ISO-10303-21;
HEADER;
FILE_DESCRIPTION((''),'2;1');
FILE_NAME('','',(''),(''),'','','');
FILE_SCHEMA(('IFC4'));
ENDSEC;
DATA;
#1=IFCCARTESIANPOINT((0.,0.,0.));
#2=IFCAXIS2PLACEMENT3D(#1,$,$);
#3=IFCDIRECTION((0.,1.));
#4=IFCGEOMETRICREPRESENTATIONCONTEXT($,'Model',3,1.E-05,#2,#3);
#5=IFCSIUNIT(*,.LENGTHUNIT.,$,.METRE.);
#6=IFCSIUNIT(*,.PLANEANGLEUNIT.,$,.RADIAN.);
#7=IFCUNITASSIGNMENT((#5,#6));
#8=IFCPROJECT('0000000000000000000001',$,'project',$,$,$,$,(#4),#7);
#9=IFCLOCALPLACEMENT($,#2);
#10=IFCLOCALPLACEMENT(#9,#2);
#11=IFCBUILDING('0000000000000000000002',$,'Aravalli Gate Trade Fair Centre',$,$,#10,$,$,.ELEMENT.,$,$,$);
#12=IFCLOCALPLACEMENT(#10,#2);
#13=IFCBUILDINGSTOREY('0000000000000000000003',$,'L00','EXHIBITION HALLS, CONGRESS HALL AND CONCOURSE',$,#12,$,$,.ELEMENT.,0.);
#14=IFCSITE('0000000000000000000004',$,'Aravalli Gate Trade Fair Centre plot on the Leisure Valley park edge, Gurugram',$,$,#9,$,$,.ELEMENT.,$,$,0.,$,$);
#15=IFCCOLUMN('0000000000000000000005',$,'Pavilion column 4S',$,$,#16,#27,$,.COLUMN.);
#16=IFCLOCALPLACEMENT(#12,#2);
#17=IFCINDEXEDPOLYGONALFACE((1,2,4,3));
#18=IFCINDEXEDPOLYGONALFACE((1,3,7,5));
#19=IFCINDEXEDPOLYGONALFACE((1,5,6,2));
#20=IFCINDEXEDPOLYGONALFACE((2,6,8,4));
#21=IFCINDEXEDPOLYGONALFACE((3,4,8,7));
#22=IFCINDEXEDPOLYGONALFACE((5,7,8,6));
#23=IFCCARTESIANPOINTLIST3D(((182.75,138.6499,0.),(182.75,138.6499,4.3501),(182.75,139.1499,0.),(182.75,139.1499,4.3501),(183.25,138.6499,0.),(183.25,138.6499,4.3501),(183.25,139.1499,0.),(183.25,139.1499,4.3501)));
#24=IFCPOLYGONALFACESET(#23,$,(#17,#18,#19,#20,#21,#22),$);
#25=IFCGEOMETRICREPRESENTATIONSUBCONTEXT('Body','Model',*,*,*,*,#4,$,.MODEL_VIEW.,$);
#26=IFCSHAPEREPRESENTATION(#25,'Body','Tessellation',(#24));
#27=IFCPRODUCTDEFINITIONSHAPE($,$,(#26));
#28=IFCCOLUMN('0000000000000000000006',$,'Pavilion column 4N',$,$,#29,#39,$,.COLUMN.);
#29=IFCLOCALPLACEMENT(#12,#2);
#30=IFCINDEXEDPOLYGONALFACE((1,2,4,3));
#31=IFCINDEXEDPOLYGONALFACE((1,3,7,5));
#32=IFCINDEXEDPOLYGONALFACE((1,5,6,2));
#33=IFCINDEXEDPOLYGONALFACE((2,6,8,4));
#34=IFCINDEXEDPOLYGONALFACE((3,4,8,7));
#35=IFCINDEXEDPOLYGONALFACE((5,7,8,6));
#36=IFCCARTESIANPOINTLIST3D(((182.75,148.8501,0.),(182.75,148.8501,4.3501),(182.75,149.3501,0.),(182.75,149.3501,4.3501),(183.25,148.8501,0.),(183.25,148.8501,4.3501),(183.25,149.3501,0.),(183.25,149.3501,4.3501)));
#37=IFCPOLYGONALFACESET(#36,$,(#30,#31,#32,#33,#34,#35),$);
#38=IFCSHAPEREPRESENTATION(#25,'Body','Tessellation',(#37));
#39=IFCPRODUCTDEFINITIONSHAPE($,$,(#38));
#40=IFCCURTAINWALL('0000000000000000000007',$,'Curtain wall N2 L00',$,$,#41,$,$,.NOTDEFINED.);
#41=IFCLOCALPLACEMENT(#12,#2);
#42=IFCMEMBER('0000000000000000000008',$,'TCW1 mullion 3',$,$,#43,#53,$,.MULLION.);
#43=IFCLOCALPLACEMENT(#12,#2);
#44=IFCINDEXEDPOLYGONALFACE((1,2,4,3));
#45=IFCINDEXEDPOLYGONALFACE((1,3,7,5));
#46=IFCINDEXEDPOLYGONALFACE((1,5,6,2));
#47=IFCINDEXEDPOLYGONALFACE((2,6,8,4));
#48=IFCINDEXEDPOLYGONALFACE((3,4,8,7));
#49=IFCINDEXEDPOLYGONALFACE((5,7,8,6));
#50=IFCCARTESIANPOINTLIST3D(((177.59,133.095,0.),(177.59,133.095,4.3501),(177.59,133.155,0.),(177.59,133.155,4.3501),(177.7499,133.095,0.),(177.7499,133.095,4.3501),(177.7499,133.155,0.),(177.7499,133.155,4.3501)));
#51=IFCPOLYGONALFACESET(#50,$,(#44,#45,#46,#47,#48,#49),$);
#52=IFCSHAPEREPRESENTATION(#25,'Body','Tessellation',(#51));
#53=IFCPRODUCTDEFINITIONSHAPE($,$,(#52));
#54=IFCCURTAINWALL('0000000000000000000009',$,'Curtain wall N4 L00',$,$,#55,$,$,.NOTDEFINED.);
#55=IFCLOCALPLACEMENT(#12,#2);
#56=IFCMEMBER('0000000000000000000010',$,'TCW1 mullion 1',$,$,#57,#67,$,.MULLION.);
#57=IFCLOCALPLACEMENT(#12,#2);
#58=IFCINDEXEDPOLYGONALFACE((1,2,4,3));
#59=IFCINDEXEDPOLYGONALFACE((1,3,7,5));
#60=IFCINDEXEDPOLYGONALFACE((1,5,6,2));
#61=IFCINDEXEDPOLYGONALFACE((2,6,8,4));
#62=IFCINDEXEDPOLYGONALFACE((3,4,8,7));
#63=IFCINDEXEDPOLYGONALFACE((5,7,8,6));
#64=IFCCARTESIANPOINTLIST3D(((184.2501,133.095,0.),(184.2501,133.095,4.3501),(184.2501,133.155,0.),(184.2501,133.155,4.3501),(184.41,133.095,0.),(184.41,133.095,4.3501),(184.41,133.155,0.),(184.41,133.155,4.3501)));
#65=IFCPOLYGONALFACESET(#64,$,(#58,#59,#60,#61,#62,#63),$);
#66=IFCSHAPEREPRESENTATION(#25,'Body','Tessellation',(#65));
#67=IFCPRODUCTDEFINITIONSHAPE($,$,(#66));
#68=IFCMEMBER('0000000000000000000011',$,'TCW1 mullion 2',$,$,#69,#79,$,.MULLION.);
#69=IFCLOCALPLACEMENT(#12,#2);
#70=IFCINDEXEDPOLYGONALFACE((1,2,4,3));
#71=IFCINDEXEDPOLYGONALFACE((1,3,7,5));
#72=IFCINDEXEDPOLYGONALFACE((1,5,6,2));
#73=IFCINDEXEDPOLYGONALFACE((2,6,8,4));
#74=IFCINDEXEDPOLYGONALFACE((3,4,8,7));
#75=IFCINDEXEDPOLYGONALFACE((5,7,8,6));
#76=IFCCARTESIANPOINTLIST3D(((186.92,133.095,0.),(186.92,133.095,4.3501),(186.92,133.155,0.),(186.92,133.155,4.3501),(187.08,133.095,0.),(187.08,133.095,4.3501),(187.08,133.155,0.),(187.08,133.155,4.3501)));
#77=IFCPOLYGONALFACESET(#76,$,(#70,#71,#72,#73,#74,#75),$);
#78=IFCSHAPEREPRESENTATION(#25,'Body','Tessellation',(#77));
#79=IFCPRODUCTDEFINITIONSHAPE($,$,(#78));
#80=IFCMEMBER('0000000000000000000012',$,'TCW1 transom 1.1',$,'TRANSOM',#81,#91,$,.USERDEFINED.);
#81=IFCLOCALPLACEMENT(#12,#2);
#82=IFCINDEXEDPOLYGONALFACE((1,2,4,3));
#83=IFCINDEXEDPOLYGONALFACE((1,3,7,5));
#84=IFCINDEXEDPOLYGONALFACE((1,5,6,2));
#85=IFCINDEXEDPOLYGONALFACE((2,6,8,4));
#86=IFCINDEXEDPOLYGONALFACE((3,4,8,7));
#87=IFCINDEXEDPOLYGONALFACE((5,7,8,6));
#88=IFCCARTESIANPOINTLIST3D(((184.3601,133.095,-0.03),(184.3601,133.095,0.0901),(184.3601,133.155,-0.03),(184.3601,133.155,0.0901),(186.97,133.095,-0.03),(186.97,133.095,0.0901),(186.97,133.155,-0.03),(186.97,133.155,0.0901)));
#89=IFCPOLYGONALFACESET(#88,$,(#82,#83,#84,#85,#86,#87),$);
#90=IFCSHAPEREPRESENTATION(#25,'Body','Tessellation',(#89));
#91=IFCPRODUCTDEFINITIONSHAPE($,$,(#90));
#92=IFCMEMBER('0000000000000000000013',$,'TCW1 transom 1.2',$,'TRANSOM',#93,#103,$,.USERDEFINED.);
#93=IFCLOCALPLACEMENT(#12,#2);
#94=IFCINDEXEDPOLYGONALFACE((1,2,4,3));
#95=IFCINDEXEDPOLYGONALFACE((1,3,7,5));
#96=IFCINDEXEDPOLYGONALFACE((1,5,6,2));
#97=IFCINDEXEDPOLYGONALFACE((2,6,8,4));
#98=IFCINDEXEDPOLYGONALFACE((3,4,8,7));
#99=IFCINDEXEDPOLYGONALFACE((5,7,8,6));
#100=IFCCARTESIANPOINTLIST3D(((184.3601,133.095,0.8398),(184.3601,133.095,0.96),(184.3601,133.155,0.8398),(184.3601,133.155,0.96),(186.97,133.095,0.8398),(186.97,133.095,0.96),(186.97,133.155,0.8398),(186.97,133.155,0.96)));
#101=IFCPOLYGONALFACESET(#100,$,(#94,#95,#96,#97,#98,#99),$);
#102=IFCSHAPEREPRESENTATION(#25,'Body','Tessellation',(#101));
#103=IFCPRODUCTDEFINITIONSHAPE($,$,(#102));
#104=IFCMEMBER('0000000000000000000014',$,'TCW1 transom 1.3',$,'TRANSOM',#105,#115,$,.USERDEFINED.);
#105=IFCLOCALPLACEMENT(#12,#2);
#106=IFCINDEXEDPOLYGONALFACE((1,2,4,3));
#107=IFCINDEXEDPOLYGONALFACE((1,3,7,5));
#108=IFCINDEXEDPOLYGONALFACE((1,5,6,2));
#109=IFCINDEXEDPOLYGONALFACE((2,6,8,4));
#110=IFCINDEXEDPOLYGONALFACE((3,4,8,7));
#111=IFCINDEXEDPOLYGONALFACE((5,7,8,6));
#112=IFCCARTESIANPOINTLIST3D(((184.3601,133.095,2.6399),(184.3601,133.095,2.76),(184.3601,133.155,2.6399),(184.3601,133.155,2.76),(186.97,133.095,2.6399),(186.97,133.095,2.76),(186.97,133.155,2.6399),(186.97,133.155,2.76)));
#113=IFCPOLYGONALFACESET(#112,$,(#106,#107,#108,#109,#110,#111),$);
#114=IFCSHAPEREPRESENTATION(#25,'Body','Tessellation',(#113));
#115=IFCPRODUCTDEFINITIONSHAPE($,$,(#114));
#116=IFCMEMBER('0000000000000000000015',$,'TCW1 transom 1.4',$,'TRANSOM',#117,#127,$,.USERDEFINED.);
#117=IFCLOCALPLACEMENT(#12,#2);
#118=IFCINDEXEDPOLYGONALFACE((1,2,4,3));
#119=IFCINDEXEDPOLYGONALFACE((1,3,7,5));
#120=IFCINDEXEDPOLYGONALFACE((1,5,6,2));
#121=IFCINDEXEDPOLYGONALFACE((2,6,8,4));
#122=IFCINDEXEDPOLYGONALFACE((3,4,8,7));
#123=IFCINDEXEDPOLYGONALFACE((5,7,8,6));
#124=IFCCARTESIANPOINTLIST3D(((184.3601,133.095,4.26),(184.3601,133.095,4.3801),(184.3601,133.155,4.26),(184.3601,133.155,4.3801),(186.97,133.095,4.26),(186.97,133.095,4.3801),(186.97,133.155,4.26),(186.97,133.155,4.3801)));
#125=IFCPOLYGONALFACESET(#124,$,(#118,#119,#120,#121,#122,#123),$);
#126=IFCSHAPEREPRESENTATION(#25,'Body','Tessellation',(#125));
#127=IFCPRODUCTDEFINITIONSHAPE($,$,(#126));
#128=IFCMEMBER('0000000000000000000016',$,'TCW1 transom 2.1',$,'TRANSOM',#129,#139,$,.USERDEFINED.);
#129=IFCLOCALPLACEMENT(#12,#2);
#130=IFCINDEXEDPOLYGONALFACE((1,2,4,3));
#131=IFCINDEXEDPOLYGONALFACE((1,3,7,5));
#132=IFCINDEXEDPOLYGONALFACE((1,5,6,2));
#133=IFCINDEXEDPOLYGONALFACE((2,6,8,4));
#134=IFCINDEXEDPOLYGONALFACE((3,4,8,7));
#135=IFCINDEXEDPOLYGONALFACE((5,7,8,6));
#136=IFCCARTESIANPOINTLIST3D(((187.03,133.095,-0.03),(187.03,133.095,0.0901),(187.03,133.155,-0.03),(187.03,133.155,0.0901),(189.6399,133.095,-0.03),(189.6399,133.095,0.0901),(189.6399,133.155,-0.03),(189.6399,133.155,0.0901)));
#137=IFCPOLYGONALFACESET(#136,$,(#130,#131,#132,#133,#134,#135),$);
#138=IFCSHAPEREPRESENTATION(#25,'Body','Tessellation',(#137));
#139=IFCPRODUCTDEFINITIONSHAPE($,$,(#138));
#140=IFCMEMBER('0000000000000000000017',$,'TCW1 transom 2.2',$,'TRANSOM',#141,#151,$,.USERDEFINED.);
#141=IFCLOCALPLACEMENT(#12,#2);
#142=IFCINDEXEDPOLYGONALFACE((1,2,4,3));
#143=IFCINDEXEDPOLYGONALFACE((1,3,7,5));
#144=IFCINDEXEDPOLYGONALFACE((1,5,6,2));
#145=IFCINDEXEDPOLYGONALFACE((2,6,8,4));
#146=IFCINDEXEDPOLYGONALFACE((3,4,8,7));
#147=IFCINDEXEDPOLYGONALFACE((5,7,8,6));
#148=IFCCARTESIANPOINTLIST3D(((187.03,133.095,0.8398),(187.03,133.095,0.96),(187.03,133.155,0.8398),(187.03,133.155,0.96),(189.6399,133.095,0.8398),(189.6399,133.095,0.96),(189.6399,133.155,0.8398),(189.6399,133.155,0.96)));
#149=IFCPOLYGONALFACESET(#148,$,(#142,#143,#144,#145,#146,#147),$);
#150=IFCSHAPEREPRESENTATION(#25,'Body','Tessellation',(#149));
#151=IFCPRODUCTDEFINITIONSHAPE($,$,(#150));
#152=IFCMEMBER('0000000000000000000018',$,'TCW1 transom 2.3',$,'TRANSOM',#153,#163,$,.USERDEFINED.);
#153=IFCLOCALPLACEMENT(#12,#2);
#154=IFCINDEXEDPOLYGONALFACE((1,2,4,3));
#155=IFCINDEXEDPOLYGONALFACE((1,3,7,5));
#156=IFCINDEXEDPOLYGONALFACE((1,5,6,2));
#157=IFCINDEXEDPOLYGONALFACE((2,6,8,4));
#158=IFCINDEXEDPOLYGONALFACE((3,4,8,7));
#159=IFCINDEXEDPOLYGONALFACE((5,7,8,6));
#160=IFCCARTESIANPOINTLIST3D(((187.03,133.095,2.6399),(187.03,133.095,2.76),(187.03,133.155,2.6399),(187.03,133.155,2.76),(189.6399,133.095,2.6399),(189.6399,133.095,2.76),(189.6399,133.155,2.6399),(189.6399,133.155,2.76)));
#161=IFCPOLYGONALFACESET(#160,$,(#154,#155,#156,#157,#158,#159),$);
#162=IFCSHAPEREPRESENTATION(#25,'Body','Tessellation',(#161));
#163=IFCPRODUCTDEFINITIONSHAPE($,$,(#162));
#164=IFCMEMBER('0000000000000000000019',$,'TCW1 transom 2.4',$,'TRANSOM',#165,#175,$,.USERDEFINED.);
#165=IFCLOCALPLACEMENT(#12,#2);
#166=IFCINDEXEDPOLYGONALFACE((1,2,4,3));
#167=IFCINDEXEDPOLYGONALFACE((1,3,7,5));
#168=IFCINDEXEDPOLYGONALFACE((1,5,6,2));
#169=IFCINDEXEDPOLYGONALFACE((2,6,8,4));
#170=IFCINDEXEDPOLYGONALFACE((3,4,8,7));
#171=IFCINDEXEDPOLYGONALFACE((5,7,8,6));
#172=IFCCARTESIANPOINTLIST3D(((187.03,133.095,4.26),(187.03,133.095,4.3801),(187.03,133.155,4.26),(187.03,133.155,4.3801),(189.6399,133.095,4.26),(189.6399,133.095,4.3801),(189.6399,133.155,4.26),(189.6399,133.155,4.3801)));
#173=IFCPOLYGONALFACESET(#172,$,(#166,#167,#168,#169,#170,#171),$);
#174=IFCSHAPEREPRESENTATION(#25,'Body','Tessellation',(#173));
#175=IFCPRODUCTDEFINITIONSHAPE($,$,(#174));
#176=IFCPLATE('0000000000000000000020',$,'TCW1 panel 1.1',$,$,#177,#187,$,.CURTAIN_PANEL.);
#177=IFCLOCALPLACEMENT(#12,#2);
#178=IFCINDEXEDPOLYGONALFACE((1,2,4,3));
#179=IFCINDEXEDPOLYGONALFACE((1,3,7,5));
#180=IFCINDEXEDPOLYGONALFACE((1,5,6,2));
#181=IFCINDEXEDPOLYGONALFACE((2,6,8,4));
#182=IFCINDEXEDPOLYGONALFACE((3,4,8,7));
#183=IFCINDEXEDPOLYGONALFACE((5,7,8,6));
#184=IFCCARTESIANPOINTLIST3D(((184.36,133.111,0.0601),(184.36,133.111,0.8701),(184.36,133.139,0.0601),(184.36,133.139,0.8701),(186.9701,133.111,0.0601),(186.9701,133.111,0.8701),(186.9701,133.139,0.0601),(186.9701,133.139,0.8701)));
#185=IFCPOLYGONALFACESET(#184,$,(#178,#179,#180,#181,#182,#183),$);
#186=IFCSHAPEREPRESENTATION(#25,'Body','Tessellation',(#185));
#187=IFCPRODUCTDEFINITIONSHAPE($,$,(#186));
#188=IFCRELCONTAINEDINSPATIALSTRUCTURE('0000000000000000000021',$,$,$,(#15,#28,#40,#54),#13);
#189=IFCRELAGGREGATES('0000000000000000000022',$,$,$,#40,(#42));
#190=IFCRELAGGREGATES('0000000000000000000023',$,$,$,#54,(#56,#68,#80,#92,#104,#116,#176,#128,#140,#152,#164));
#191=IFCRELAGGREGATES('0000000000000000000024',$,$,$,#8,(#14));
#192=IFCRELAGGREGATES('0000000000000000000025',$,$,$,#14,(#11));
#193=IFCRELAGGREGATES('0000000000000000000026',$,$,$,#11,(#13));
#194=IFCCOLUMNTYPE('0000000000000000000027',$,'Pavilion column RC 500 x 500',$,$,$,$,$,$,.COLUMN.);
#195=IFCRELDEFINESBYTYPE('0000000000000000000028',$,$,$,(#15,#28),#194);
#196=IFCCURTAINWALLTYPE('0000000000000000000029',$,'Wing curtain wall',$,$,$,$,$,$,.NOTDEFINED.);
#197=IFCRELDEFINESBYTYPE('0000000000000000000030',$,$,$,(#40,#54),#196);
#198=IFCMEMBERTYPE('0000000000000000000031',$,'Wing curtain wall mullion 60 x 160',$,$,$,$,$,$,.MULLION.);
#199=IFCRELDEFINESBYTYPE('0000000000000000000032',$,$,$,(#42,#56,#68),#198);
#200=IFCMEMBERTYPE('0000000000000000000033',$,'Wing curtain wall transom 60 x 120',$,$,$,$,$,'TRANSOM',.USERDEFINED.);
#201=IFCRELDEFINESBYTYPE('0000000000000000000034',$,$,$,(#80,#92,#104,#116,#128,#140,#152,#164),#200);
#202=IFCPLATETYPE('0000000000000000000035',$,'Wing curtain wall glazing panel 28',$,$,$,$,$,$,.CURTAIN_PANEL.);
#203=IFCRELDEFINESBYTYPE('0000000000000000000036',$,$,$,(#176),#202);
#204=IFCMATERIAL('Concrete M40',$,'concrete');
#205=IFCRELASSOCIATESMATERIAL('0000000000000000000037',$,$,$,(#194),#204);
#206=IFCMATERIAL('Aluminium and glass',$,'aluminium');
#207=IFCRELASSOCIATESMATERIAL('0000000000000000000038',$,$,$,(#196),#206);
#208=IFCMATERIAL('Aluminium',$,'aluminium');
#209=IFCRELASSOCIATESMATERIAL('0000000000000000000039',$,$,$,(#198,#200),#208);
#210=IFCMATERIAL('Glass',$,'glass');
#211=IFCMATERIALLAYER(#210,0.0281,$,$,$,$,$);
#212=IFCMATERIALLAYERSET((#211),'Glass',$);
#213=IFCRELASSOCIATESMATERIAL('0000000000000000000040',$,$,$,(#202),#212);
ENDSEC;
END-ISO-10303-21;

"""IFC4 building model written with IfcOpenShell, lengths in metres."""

from ifc_helpers import new_model, si_unit, direction, frame, origin, origin_2d, place, context, subcontext, project, spatial, rectangle, extrude, material, layer, layer_set, material_profile, profile_set, type_object, element, aggregate, save


model = new_model("IFC4")

# Units and contexts
model_context = context("Model", 3, precision=1e-05, world=origin(), true_north=direction((0.0, 1.0)))
body_context = subcontext(model_context, "Body", "Model", "MODEL_VIEW")
ifc_project = project(units=[si_unit("LENGTHUNIT", "METRE"), si_unit("PLANEANGLEUNIT", "RADIAN")], contexts=[model_context])

# Site, building, storey
site_placement = place(None, origin())
site = spatial("IfcSite", under=ifc_project, at=site_placement, Name="Aravalli Gate Trade Fair Centre plot on the Leisure Valley park edge, Gurugram", CompositionType="ELEMENT", RefElevation=0.0)
building_placement = place(site_placement, origin())
building = spatial("IfcBuilding", under=site, at=building_placement, Name="Aravalli Gate Trade Fair Centre", CompositionType="ELEMENT")
storey_placement = place(building_placement, origin())
storey = spatial("IfcBuildingStorey", under=building, at=storey_placement, Name="L00", Description="EXHIBITION HALLS, CONGRESS HALL AND CONCOURSE", CompositionType="ELEMENT", Elevation=0.0)

# Columns
ifc_material_1 = material(Name="Concrete M40", Category="concrete")
ifc_material_profile_1 = material_profile(ifc_material_1, rectangle(XDim=0.5, YDim=0.5, at=origin_2d()), Name="Pavilion column RC 500 x 500")
ifc_profile_set_1 = profile_set([ifc_material_profile_1], Name="Concrete M40")
column_type = type_object("IfcColumnType", Name="Pavilion column RC 500 x 500", PredefinedType="COLUMN", material=ifc_profile_set_1)
for number, where, z_axis, x_axis, name in (
    (1, (183.0, 138.8999, 0.0), (0.0, 0.0, 1.0), (1.0, 0.0, 0.0), "Pavilion column 4S"),
    (2, (183.0, 149.1001, 0.0), (0.0, 0.0, 1.0), (1.0, 0.0, 0.0), "Pavilion column 4N"),
):
    element("IfcColumn", number, at=place(storey_placement, frame(where, z_axis=z_axis, x_axis=x_axis)), inside=storey, type_object=column_type, Name=name, PredefinedType="COLUMN", context=body_context, shape_type="SweptSolid", body=[
        extrude(rectangle(XDim=0.5, YDim=0.5, at=origin_2d()), origin(), (0.0, 0.0, 1.0), 4.3501),
    ])

# Curtain wall, member
ifc_material_2 = material(Name="Aluminium and glass", Category="aluminium")
curtain_wall_type = type_object("IfcCurtainWallType", Name="Wing curtain wall", PredefinedType="NOTDEFINED", material=ifc_material_2)
curtain_wall_1_placement = place(storey_placement, origin())
curtain_wall_1 = element("IfcCurtainWall", 3, at=curtain_wall_1_placement, inside=storey, type_object=curtain_wall_type, Name="Curtain wall N2 L00", PredefinedType="NOTDEFINED")
ifc_material_3 = material(Name="Aluminium", Category="aluminium")
ifc_material_profile_2 = material_profile(ifc_material_3, rectangle(XDim=0.0601, YDim=0.1599, at=origin_2d()), Name="Wing curtain wall mullion 60 x 160")
ifc_profile_set_2 = profile_set([ifc_material_profile_2], Name="Aluminium")
member_type_1 = type_object("IfcMemberType", Name="Wing curtain wall mullion 60 x 160", PredefinedType="MULLION", material=ifc_profile_set_2)
member_1_placement = place(storey_placement, frame((177.6699, 133.125, 0.0), z_axis=(0.0, 0.0, 1.0), x_axis=(0.0, 1.0, 0.0)))
member_1 = element("IfcMember", 4, at=member_1_placement, type_object=member_type_1, Name="TCW1 mullion 3", PredefinedType="MULLION", context=body_context, shape_type="SweptSolid", body=[
    extrude(rectangle(XDim=0.0601, YDim=0.1599, at=origin_2d()), origin(), (0.0, 0.0, 1.0), 4.3501),
])
aggregate(curtain_wall_1, [member_1])

# Curtain wall, members, plate
curtain_wall_2_placement = place(storey_placement, origin())
curtain_wall_2 = element("IfcCurtainWall", 5, at=curtain_wall_2_placement, inside=storey, type_object=curtain_wall_type, Name="Curtain wall N4 L00", PredefinedType="NOTDEFINED")
member_2_placement = place(storey_placement, frame((184.3301, 133.125, 0.0), z_axis=(0.0, 0.0, 1.0), x_axis=(0.0, 1.0, 0.0)))
member_2 = element("IfcMember", 6, at=member_2_placement, type_object=member_type_1, Name="TCW1 mullion 1", PredefinedType="MULLION", context=body_context, shape_type="SweptSolid", body=[
    extrude(rectangle(XDim=0.0601, YDim=0.1599, at=origin_2d()), origin(), (0.0, 0.0, 1.0), 4.3501),
])
member_3_placement = place(storey_placement, frame((187.0, 133.125, 0.0), z_axis=(0.0, 0.0, 1.0), x_axis=(0.0, 1.0, 0.0)))
member_3 = element("IfcMember", 7, at=member_3_placement, type_object=member_type_1, Name="TCW1 mullion 2", PredefinedType="MULLION", context=body_context, shape_type="SweptSolid", body=[
    extrude(rectangle(XDim=0.0601, YDim=0.1599, at=origin_2d()), origin(), (0.0, 0.0, 1.0), 4.3501),
])
ifc_material_profile_3 = material_profile(ifc_material_3, rectangle(XDim=0.0601, YDim=0.1201, at=origin_2d()), Name="Wing curtain wall transom 60 x 120")
ifc_profile_set_3 = profile_set([ifc_material_profile_3], Name="Aluminium")
member_type_2 = type_object("IfcMemberType", Name="Wing curtain wall transom 60 x 120", ElementType="TRANSOM", PredefinedType="USERDEFINED", material=ifc_profile_set_3)
member_4_placement = place(storey_placement, frame((184.3601, 133.125, 0.03), z_axis=(1.0, 0.0, 0.0), x_axis=(0.0, 1.0, 0.0)))
member_4 = element("IfcMember", 8, at=member_4_placement, type_object=member_type_2, Name="TCW1 transom 1.1", ObjectType="TRANSOM", PredefinedType="USERDEFINED", context=body_context, shape_type="SweptSolid", body=[
    extrude(rectangle(XDim=0.0601, YDim=0.1201, at=origin_2d()), origin(), (0.0, 0.0, 1.0), 2.6099),
])
member_5_placement = place(storey_placement, frame((184.3601, 133.125, 0.8999), z_axis=(1.0, 0.0, 0.0), x_axis=(0.0, 1.0, 0.0)))
member_5 = element("IfcMember", 9, at=member_5_placement, type_object=member_type_2, Name="TCW1 transom 1.2", ObjectType="TRANSOM", PredefinedType="USERDEFINED", context=body_context, shape_type="SweptSolid", body=[
    extrude(rectangle(XDim=0.0601, YDim=0.1201, at=origin_2d()), origin(), (0.0, 0.0, 1.0), 2.6099),
])
member_6_placement = place(storey_placement, frame((184.3601, 133.125, 2.7), z_axis=(1.0, 0.0, 0.0), x_axis=(0.0, 1.0, 0.0)))
member_6 = element("IfcMember", 10, at=member_6_placement, type_object=member_type_2, Name="TCW1 transom 1.3", ObjectType="TRANSOM", PredefinedType="USERDEFINED", context=body_context, shape_type="SweptSolid", body=[
    extrude(rectangle(XDim=0.0601, YDim=0.1201, at=origin_2d()), origin(), (0.0, 0.0, 1.0), 2.6099),
])
member_7_placement = place(storey_placement, frame((184.3601, 133.125, 4.3201), z_axis=(1.0, 0.0, 0.0), x_axis=(0.0, 1.0, 0.0)))
member_7 = element("IfcMember", 11, at=member_7_placement, type_object=member_type_2, Name="TCW1 transom 1.4", ObjectType="TRANSOM", PredefinedType="USERDEFINED", context=body_context, shape_type="SweptSolid", body=[
    extrude(rectangle(XDim=0.0601, YDim=0.1201, at=origin_2d()), origin(), (0.0, 0.0, 1.0), 2.6099),
])
member_8_placement = place(storey_placement, frame((187.03, 133.125, 0.03), z_axis=(1.0, 0.0, 0.0), x_axis=(0.0, 1.0, 0.0)))
member_8 = element("IfcMember", 12, at=member_8_placement, type_object=member_type_2, Name="TCW1 transom 2.1", ObjectType="TRANSOM", PredefinedType="USERDEFINED", context=body_context, shape_type="SweptSolid", body=[
    extrude(rectangle(XDim=0.0601, YDim=0.1201, at=origin_2d()), origin(), (0.0, 0.0, 1.0), 2.6099),
])
member_9_placement = place(storey_placement, frame((187.03, 133.125, 0.8999), z_axis=(1.0, 0.0, 0.0), x_axis=(0.0, 1.0, 0.0)))
member_9 = element("IfcMember", 13, at=member_9_placement, type_object=member_type_2, Name="TCW1 transom 2.2", ObjectType="TRANSOM", PredefinedType="USERDEFINED", context=body_context, shape_type="SweptSolid", body=[
    extrude(rectangle(XDim=0.0601, YDim=0.1201, at=origin_2d()), origin(), (0.0, 0.0, 1.0), 2.6099),
])
member_10_placement = place(storey_placement, frame((187.03, 133.125, 2.7), z_axis=(1.0, 0.0, 0.0), x_axis=(0.0, 1.0, 0.0)))
member_10 = element("IfcMember", 14, at=member_10_placement, type_object=member_type_2, Name="TCW1 transom 2.3", ObjectType="TRANSOM", PredefinedType="USERDEFINED", context=body_context, shape_type="SweptSolid", body=[
    extrude(rectangle(XDim=0.0601, YDim=0.1201, at=origin_2d()), origin(), (0.0, 0.0, 1.0), 2.6099),
])
member_11_placement = place(storey_placement, frame((187.03, 133.125, 4.3201), z_axis=(1.0, 0.0, 0.0), x_axis=(0.0, 1.0, 0.0)))
member_11 = element("IfcMember", 15, at=member_11_placement, type_object=member_type_2, Name="TCW1 transom 2.4", ObjectType="TRANSOM", PredefinedType="USERDEFINED", context=body_context, shape_type="SweptSolid", body=[
    extrude(rectangle(XDim=0.0601, YDim=0.1201, at=origin_2d()), origin(), (0.0, 0.0, 1.0), 2.6099),
])
ifc_material_4 = material(Name="Glass", Category="glass")
ifc_layer_1 = layer(ifc_material_4, 0.0281)
ifc_layer_set_1 = layer_set([ifc_layer_1], Name="Glass")
plate_type = type_object("IfcPlateType", Name="Wing curtain wall glazing panel 28", PredefinedType="CURTAIN_PANEL", material=ifc_layer_set_1)
plate_1_placement = place(storey_placement, frame((185.665, 133.125, 0.0601), z_axis=(0.0, 0.0, 1.0), x_axis=(1.0, 0.0, 0.0)))
plate_1 = element("IfcPlate", 16, at=plate_1_placement, type_object=plate_type, Name="TCW1 panel 1.1", PredefinedType="CURTAIN_PANEL", context=body_context, shape_type="SweptSolid", body=[
    extrude(rectangle(XDim=2.6101, YDim=0.0281, at=origin_2d()), origin(), (0.0, 0.0, 1.0), 0.8101),
])
aggregate(curtain_wall_2, [member_2, member_3, member_4, member_5, member_6, member_7, plate_1, member_8, member_9, member_10, member_11])

save(model, "model.ifc")
